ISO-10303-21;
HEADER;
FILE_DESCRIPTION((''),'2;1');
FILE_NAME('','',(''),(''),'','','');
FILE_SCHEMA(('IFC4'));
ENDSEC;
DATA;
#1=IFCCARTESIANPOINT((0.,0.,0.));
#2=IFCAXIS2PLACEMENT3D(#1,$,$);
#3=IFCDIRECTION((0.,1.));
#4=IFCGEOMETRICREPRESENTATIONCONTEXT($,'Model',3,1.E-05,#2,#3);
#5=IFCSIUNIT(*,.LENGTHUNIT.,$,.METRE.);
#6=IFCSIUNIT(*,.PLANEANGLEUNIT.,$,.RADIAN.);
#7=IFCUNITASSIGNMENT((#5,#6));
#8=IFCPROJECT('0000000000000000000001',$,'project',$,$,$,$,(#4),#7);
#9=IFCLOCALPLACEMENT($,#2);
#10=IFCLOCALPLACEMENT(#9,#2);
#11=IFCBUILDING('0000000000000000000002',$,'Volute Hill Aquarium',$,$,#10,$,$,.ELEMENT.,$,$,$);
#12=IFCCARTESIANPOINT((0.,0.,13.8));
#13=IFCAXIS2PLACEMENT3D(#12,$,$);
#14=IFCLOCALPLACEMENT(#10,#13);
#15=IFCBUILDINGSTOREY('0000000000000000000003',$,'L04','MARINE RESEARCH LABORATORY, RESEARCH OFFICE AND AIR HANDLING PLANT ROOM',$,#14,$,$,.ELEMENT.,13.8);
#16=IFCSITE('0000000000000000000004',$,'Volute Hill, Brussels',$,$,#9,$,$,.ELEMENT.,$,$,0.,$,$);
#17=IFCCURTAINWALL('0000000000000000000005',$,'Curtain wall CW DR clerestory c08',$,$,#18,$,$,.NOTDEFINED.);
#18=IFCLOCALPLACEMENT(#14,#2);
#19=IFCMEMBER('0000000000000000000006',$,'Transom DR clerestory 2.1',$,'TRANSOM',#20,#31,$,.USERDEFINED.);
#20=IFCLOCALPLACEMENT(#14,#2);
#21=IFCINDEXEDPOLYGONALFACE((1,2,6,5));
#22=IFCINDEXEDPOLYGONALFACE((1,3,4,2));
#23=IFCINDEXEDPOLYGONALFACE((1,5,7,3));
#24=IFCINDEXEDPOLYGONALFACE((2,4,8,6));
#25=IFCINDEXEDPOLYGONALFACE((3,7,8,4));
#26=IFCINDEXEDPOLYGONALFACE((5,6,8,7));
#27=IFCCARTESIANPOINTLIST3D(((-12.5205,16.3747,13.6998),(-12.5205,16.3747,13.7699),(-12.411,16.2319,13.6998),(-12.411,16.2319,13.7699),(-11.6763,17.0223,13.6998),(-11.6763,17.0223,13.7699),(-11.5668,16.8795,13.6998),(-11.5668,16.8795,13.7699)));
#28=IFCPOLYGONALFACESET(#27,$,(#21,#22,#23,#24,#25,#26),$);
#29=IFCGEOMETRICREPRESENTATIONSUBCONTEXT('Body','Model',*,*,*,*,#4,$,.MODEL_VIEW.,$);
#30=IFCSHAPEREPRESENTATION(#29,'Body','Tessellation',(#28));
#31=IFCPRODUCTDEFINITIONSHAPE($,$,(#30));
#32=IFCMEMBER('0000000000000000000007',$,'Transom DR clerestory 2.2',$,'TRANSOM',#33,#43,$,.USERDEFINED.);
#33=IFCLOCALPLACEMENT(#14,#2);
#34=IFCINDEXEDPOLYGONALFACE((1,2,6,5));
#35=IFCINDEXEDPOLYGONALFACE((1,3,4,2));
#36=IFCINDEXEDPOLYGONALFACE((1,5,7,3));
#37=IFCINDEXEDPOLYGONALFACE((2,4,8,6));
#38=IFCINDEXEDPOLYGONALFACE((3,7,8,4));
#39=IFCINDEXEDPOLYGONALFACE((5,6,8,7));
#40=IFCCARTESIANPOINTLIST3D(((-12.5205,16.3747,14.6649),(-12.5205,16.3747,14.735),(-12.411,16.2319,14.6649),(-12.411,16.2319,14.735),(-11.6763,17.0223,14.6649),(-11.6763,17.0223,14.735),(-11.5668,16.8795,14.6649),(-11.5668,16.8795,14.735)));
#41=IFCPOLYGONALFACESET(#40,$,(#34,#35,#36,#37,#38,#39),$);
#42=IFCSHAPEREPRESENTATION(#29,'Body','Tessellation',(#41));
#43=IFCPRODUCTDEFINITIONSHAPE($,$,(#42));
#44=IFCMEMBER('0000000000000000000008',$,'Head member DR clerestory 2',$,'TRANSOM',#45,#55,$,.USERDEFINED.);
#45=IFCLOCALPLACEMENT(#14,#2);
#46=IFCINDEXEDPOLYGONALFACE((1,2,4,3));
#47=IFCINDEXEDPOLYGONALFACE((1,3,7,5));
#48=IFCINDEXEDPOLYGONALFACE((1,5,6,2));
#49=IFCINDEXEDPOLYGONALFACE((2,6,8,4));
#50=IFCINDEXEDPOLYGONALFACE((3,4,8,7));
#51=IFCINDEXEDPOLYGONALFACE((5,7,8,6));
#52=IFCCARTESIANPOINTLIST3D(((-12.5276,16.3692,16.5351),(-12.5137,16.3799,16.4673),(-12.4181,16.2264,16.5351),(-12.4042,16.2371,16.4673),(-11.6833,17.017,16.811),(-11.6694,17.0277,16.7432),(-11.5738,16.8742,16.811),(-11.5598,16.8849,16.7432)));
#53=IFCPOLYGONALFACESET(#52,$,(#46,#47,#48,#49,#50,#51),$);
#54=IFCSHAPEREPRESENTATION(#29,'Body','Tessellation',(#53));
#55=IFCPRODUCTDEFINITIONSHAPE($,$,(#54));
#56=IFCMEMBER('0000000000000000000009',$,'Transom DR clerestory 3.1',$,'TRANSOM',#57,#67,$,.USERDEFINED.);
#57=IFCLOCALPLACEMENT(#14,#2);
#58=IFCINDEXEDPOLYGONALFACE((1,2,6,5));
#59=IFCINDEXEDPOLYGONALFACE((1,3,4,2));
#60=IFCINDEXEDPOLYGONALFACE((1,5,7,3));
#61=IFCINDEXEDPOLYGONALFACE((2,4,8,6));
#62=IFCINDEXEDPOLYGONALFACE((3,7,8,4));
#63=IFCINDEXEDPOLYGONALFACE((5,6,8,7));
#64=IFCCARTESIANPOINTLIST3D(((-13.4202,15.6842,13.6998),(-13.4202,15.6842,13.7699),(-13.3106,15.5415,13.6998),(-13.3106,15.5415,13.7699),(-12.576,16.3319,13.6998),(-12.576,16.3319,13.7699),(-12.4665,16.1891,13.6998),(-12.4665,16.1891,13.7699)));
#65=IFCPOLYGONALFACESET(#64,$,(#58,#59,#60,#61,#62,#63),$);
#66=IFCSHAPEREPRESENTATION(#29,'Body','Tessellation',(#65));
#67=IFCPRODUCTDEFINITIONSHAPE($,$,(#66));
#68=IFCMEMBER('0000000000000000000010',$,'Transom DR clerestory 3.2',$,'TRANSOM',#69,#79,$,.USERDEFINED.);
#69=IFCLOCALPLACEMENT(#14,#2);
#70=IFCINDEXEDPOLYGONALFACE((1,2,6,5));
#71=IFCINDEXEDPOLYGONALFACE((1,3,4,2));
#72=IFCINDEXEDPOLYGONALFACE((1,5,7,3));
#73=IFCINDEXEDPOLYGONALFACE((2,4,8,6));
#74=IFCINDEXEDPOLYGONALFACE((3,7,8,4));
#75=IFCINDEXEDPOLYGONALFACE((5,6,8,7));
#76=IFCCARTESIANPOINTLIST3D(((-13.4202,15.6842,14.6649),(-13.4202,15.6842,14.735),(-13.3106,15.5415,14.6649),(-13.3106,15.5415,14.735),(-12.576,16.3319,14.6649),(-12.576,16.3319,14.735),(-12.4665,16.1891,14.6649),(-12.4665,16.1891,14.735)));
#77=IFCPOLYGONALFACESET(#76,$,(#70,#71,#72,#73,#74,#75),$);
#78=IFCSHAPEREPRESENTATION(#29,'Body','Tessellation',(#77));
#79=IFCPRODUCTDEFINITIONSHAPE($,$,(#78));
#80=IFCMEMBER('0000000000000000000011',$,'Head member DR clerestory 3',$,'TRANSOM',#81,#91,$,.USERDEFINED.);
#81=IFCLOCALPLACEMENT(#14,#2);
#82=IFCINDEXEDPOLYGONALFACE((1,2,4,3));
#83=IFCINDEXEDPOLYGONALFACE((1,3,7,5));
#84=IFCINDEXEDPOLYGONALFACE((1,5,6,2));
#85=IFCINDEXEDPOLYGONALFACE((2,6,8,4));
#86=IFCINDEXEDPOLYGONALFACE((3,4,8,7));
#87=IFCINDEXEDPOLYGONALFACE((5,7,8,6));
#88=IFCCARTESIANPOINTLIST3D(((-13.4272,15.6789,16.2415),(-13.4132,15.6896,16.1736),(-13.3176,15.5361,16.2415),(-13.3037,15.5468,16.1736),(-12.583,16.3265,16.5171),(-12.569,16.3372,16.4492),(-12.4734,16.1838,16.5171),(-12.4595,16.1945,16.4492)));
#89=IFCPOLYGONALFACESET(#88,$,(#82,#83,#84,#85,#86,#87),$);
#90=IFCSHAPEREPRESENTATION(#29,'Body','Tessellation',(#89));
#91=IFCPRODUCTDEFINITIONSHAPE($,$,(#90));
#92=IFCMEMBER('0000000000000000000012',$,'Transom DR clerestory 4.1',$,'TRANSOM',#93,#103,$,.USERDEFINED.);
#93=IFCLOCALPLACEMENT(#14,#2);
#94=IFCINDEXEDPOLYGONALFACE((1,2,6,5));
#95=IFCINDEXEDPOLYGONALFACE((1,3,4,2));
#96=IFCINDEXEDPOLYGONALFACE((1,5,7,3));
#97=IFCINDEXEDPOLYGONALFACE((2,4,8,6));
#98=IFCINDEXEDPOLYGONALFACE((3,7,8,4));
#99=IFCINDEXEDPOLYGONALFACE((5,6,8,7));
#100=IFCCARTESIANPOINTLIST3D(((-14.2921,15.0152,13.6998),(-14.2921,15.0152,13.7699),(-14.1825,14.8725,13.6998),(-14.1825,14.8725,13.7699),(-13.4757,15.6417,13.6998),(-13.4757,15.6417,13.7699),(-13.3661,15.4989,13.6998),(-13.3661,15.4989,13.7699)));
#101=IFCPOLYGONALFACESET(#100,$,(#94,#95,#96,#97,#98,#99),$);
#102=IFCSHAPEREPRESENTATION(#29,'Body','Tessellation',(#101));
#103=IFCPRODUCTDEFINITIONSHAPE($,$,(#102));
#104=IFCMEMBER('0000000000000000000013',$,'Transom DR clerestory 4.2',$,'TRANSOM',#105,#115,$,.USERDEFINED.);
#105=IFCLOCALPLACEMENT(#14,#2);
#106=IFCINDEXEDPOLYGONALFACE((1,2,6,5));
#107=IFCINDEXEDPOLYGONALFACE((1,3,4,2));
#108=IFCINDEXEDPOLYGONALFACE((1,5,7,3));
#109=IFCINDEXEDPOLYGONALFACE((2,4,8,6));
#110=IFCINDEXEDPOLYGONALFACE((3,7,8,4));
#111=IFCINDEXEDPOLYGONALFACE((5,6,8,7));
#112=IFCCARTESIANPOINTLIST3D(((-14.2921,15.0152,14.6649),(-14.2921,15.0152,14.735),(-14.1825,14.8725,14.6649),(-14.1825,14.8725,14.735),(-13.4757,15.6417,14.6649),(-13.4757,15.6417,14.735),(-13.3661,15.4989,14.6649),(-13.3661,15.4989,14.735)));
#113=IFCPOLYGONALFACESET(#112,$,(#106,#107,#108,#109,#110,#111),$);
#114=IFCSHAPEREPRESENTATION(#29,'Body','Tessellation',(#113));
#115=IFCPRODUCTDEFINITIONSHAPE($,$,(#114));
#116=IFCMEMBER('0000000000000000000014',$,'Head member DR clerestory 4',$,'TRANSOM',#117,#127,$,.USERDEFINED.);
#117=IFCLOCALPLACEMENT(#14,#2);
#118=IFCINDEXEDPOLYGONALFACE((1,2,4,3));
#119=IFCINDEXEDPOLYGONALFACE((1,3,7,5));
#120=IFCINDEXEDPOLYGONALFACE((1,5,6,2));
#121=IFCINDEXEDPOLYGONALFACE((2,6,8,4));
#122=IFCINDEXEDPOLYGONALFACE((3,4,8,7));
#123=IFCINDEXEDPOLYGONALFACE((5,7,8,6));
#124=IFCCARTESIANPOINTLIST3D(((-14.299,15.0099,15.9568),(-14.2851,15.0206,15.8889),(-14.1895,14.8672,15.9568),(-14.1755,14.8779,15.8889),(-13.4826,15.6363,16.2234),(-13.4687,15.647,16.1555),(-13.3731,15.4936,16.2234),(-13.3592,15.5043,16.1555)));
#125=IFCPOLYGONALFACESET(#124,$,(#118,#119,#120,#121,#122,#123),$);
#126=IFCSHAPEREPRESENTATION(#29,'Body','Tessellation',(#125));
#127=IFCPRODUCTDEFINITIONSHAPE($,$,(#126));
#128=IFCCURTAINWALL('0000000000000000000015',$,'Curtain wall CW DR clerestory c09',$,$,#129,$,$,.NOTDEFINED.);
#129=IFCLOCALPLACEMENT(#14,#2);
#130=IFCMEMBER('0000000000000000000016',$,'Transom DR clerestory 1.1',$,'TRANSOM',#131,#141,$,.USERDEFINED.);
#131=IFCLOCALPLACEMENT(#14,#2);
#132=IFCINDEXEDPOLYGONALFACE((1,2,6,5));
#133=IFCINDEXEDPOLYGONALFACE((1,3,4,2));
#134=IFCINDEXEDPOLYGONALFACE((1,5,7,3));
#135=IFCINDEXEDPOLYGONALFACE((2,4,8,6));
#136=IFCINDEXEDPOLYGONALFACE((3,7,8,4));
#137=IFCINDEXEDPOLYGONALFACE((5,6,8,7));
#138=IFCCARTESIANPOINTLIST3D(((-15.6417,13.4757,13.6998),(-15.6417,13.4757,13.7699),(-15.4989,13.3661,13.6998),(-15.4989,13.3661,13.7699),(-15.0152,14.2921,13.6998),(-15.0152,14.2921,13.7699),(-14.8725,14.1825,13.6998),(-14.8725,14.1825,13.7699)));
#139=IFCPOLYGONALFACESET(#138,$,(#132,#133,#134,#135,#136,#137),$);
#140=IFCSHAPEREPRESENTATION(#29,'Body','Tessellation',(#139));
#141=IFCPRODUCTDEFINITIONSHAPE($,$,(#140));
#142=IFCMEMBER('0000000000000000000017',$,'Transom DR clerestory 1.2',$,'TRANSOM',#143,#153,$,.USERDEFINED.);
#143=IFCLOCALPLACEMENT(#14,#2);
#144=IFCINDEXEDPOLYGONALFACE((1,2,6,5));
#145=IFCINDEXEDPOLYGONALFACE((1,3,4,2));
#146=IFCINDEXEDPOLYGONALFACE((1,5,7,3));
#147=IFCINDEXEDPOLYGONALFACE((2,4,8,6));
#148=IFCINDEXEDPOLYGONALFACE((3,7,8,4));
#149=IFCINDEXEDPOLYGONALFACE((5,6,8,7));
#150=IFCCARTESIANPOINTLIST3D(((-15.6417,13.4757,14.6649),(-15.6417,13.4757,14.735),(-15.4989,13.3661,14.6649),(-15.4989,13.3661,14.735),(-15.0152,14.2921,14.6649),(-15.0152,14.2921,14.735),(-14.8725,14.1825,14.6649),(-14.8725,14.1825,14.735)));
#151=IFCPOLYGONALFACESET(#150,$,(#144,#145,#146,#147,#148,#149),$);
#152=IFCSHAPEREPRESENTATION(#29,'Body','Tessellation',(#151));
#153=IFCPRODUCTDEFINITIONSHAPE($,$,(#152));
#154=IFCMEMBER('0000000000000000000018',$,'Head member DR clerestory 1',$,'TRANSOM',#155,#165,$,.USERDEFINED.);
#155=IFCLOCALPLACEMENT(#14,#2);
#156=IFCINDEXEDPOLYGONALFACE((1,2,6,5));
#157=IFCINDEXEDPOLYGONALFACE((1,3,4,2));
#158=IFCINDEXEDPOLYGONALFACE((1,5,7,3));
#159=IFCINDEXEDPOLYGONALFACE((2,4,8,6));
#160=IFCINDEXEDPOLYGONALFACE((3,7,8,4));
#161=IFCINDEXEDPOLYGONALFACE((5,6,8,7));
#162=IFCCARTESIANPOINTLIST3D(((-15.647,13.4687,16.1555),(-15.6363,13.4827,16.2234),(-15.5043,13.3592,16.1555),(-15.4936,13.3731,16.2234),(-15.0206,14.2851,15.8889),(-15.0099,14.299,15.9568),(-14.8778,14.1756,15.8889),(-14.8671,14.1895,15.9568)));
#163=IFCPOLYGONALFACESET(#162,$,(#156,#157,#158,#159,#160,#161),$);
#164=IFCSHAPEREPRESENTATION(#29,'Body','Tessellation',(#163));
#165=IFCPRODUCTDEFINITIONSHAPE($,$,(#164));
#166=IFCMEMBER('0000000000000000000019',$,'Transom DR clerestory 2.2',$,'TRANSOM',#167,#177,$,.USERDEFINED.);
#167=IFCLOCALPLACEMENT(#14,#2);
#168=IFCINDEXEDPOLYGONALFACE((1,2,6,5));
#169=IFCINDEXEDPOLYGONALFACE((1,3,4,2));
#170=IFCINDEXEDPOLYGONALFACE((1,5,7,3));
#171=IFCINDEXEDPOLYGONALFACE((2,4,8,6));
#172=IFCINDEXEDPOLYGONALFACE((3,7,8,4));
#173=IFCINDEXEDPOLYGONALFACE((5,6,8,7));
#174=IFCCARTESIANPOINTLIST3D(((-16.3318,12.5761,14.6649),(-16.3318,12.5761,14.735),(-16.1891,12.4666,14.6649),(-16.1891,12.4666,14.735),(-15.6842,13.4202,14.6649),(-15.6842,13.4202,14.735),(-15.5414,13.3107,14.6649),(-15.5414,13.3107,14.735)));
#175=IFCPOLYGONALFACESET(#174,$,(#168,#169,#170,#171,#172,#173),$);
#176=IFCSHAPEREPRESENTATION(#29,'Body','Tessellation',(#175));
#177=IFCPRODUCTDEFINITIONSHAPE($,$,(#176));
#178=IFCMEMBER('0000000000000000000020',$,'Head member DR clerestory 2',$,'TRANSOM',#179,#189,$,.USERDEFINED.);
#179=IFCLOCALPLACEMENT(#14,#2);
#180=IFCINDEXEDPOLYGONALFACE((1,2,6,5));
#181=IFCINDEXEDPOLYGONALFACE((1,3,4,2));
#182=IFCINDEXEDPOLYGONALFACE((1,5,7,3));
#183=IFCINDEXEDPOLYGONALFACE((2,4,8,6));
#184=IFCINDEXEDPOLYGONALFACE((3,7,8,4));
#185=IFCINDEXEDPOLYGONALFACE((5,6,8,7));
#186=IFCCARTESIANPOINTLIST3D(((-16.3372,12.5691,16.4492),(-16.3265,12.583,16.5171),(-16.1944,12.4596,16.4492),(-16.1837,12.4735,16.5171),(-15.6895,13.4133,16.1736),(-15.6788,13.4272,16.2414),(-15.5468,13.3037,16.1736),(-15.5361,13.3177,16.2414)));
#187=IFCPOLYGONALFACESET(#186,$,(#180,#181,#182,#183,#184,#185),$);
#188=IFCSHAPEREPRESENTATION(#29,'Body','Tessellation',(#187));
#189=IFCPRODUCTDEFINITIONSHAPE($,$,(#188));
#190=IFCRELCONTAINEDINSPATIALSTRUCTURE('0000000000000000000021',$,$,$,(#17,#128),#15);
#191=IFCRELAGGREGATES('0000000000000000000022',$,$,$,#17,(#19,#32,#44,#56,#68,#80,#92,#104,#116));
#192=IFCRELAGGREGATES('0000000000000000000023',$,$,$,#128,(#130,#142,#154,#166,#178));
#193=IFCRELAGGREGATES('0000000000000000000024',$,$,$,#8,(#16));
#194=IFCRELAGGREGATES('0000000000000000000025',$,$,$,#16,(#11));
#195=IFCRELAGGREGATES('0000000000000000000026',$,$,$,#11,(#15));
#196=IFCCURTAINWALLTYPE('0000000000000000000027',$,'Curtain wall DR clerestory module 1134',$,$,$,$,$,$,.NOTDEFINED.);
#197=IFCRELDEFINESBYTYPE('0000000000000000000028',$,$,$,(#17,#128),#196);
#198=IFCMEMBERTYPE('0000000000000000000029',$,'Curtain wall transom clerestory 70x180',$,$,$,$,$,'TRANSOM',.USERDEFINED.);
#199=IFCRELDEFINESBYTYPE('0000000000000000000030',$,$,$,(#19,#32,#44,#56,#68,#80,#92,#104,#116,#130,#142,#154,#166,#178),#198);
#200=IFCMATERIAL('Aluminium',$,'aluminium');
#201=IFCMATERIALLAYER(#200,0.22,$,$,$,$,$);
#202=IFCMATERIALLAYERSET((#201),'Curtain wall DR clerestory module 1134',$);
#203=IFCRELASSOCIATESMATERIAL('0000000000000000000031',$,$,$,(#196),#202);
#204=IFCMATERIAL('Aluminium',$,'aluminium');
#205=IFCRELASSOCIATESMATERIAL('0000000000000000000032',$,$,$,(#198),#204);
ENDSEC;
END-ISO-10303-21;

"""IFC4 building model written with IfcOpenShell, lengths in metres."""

from ifc_helpers import new_model, si_unit, direction, frame, origin, origin_2d, place, context, subcontext, project, spatial, rectangle, extrude, material, layer, layer_set, material_profile, profile_set, type_object, element, aggregate, save


model = new_model("IFC4")

# Units and contexts
model_context = context("Model", 3, precision=1e-05, world=origin(), true_north=direction((0.0, 1.0)))
body_context = subcontext(model_context, "Body", "Model", "MODEL_VIEW")
ifc_project = project(units=[si_unit("LENGTHUNIT", "METRE"), si_unit("PLANEANGLEUNIT", "RADIAN")], contexts=[model_context])

# Site, building, storey
site_placement = place(None, origin())
site = spatial("IfcSite", under=ifc_project, at=site_placement, Name="Volute Hill, Brussels", CompositionType="ELEMENT", RefElevation=0.0)
building_placement = place(site_placement, origin())
building = spatial("IfcBuilding", under=site, at=building_placement, Name="Volute Hill Aquarium", CompositionType="ELEMENT")
storey_placement = place(building_placement, frame((0.0, 0.0, 13.8)))
storey = spatial("IfcBuildingStorey", under=building, at=storey_placement, Name="L04", Description="MARINE RESEARCH LABORATORY, RESEARCH OFFICE AND AIR HANDLING PLANT ROOM", CompositionType="ELEMENT", Elevation=13.8)

# Curtain walls, members
ifc_material_1 = material(Name="Aluminium", Category="aluminium")
ifc_layer_1 = layer(ifc_material_1, 0.22)
ifc_layer_set_1 = layer_set([ifc_layer_1], Name="Curtain wall DR clerestory module 1134")
curtain_wall_type = type_object("IfcCurtainWallType", Name="Curtain wall DR clerestory module 1134", PredefinedType="NOTDEFINED", material=ifc_layer_set_1)
curtain_wall_1_placement = place(storey_placement, origin())
curtain_wall_1 = element("IfcCurtainWall", 1, at=curtain_wall_1_placement, inside=storey, type_object=curtain_wall_type, Name="Curtain wall CW DR clerestory c08", PredefinedType="NOTDEFINED")
ifc_material_2 = material(Name="Aluminium", Category="aluminium")
ifc_material_profile_1 = material_profile(ifc_material_2, rectangle(XDim=0.1799, YDim=0.0701, at=origin_2d()), Name="Curtain wall transom clerestory 70x180")
ifc_profile_set_1 = profile_set([ifc_material_profile_1], Name="Aluminium")
member_type = type_object("IfcMemberType", Name="Curtain wall transom clerestory 70x180", ElementType="TRANSOM", PredefinedType="USERDEFINED", material=ifc_profile_set_1)
member_1_placement = place(storey_placement, frame((-11.6216, 16.9509, 13.7349), z_axis=(-0.7934, -0.608701, 0.0), x_axis=(0.608701, -0.7934, 0.0)))
member_1 = element("IfcMember", 2, at=member_1_placement, type_object=member_type, Name="Transom DR clerestory 2.1", ObjectType="TRANSOM", PredefinedType="USERDEFINED", context=body_context, shape_type="SweptSolid", body=[
    extrude(rectangle(XDim=0.1799, YDim=0.0701, at=origin_2d()), origin(), (0.0, 0.0, 1.0), 1.064),
])
member_2_placement = place(storey_placement, frame((-11.6216, 16.9509, 14.7), z_axis=(-0.7934, -0.608701, 0.0), x_axis=(0.608701, -0.7934, 0.0)))
member_2 = element("IfcMember", 3, at=member_2_placement, type_object=member_type, Name="Transom DR clerestory 2.2", ObjectType="TRANSOM", PredefinedType="USERDEFINED", context=body_context, shape_type="SweptSolid", body=[
    extrude(rectangle(XDim=0.1799, YDim=0.0701, at=origin_2d()), origin(), (0.0, 0.0, 1.0), 1.064),
])
member_3_placement = place(storey_placement, frame((-11.6216, 16.9509, 16.7771), z_axis=(-0.768007, -0.58922, -0.250968), x_axis=(0.608701, -0.7934, 0.0)))
member_3 = element("IfcMember", 4, at=member_3_placement, type_object=member_type, Name="Head member DR clerestory 2", ObjectType="TRANSOM", PredefinedType="USERDEFINED", context=body_context, shape_type="SweptSolid", body=[
    extrude(rectangle(XDim=0.1799, YDim=0.0701, at=origin_2d()), origin(), (0.0, 0.0, 1.0), 1.0994),
])
member_4_placement = place(storey_placement, frame((-12.5212, 16.2605, 13.7349), z_axis=(-0.7934, -0.608701, 0.0), x_axis=(0.608701, -0.7934, 0.0)))
member_4 = element("IfcMember", 5, at=member_4_placement, type_object=member_type, Name="Transom DR clerestory 3.1", ObjectType="TRANSOM", PredefinedType="USERDEFINED", context=body_context, shape_type="SweptSolid", body=[
    extrude(rectangle(XDim=0.1799, YDim=0.0701, at=origin_2d()), origin(), (0.0, 0.0, 1.0), 1.064),
])
member_5_placement = place(storey_placement, frame((-12.5212, 16.2605, 14.7), z_axis=(-0.7934, -0.608701, 0.0), x_axis=(0.608701, -0.7934, 0.0)))
member_5 = element("IfcMember", 6, at=member_5_placement, type_object=member_type, Name="Transom DR clerestory 3.2", ObjectType="TRANSOM", PredefinedType="USERDEFINED", context=body_context, shape_type="SweptSolid", body=[
    extrude(rectangle(XDim=0.1799, YDim=0.0701, at=origin_2d()), origin(), (0.0, 0.0, 1.0), 1.064),
])
member_6_placement = place(storey_placement, frame((-12.5212, 16.2605, 16.4832), z_axis=(-0.76805, -0.589253, -0.25076), x_axis=(0.608701, -0.7934, 0.0)))
member_6 = element("IfcMember", 7, at=member_6_placement, type_object=member_type, Name="Head member DR clerestory 3", ObjectType="TRANSOM", PredefinedType="USERDEFINED", context=body_context, shape_type="SweptSolid", body=[
    extrude(rectangle(XDim=0.1799, YDim=0.0701, at=origin_2d()), origin(), (0.0, 0.0, 1.0), 1.0991),
])
member_7_placement = place(storey_placement, frame((-13.4209, 15.5703, 13.7349), z_axis=(-0.793347, -0.60877, 0.0), x_axis=(0.60877, -0.793347, 0.0)))
member_7 = element("IfcMember", 8, at=member_7_placement, type_object=member_type, Name="Transom DR clerestory 4.1", ObjectType="TRANSOM", PredefinedType="USERDEFINED", context=body_context, shape_type="SweptSolid", body=[
    extrude(rectangle(XDim=0.1799, YDim=0.0701, at=origin_2d()), origin(), (0.0, 0.0, 1.0), 1.0291),
])
member_8_placement = place(storey_placement, frame((-13.4209, 15.5703, 14.7), z_axis=(-0.793347, -0.60877, 0.0), x_axis=(0.60877, -0.793347, 0.0)))
member_8 = element("IfcMember", 9, at=member_8_placement, type_object=member_type, Name="Transom DR clerestory 4.2", ObjectType="TRANSOM", PredefinedType="USERDEFINED", context=body_context, shape_type="SweptSolid", body=[
    extrude(rectangle(XDim=0.1799, YDim=0.0701, at=origin_2d()), origin(), (0.0, 0.0, 1.0), 1.0291),
])
member_9_placement = place(storey_placement, frame((-13.4209, 15.5703, 16.1895), z_axis=(-0.767992, -0.589315, -0.250792), x_axis=(0.60877, -0.793347, 0.0)))
member_9 = element("IfcMember", 10, at=member_9_placement, type_object=member_type, Name="Head member DR clerestory 4", ObjectType="TRANSOM", PredefinedType="USERDEFINED", context=body_context, shape_type="SweptSolid", body=[
    extrude(rectangle(XDim=0.1799, YDim=0.0701, at=origin_2d()), origin(), (0.0, 0.0, 1.0), 1.063),
])
curtain_wall_2_placement = place(storey_placement, origin())
curtain_wall_2 = element("IfcCurtainWall", 11, at=curtain_wall_2_placement, inside=storey, type_object=curtain_wall_type, Name="Curtain wall CW DR clerestory c09", PredefinedType="NOTDEFINED")
member_10_placement = place(storey_placement, frame((-14.9438, 14.2373, 13.7349), z_axis=(-0.60877, -0.793347, 0.0), x_axis=(0.793347, -0.60877, 0.0)))
member_10 = element("IfcMember", 12, at=member_10_placement, type_object=member_type, Name="Transom DR clerestory 1.1", ObjectType="TRANSOM", PredefinedType="USERDEFINED", context=body_context, shape_type="SweptSolid", body=[
    extrude(rectangle(XDim=0.1799, YDim=0.0701, at=origin_2d()), origin(), (0.0, 0.0, 1.0), 1.0291),
])
member_11_placement = place(storey_placement, frame((-14.9438, 14.2373, 14.7), z_axis=(-0.60877, -0.793347, 0.0), x_axis=(0.793347, -0.60877, 0.0)))
member_11 = element("IfcMember", 13, at=member_11_placement, type_object=member_type, Name="Transom DR clerestory 1.2", ObjectType="TRANSOM", PredefinedType="USERDEFINED", context=body_context, shape_type="SweptSolid", body=[
    extrude(rectangle(XDim=0.1799, YDim=0.0701, at=origin_2d()), origin(), (0.0, 0.0, 1.0), 1.0291),
])
member_12_placement = place(storey_placement, frame((-14.9438, 14.2373, 15.9229), z_axis=(-0.589315, -0.767992, 0.250792), x_axis=(0.793347, -0.60877, 0.0)))
member_12 = element("IfcMember", 14, at=member_12_placement, type_object=member_type, Name="Head member DR clerestory 1", ObjectType="TRANSOM", PredefinedType="USERDEFINED", context=body_context, shape_type="SweptSolid", body=[
    extrude(rectangle(XDim=0.1799, YDim=0.0701, at=origin_2d()), origin(), (0.0, 0.0, 1.0), 1.063),
])
member_13_placement = place(storey_placement, frame((-15.6128, 13.3655, 14.7), z_axis=(-0.608701, -0.7934, 0.0), x_axis=(0.7934, -0.608701, 0.0)))
member_13 = element("IfcMember", 15, at=member_13_placement, type_object=member_type, Name="Transom DR clerestory 2.2", ObjectType="TRANSOM", PredefinedType="USERDEFINED", context=body_context, shape_type="SweptSolid", body=[
    extrude(rectangle(XDim=0.1799, YDim=0.0701, at=origin_2d()), origin(), (0.0, 0.0, 1.0), 1.064),
])
member_14_placement = place(storey_placement, frame((-15.6128, 13.3655, 16.2075), z_axis=(-0.589253, -0.76805, 0.25076), x_axis=(0.7934, -0.608701, 0.0)))
member_14 = element("IfcMember", 16, at=member_14_placement, type_object=member_type, Name="Head member DR clerestory 2", ObjectType="TRANSOM", PredefinedType="USERDEFINED", context=body_context, shape_type="SweptSolid", body=[
    extrude(rectangle(XDim=0.1799, YDim=0.0701, at=origin_2d()), origin(), (0.0, 0.0, 1.0), 1.0991),
])

aggregate(curtain_wall_1, [member_1, member_2, member_3, member_4, member_5, member_6, member_7, member_8, member_9])
aggregate(curtain_wall_2, [member_10, member_11, member_12, member_13, member_14])

save(model, "model.ifc")
